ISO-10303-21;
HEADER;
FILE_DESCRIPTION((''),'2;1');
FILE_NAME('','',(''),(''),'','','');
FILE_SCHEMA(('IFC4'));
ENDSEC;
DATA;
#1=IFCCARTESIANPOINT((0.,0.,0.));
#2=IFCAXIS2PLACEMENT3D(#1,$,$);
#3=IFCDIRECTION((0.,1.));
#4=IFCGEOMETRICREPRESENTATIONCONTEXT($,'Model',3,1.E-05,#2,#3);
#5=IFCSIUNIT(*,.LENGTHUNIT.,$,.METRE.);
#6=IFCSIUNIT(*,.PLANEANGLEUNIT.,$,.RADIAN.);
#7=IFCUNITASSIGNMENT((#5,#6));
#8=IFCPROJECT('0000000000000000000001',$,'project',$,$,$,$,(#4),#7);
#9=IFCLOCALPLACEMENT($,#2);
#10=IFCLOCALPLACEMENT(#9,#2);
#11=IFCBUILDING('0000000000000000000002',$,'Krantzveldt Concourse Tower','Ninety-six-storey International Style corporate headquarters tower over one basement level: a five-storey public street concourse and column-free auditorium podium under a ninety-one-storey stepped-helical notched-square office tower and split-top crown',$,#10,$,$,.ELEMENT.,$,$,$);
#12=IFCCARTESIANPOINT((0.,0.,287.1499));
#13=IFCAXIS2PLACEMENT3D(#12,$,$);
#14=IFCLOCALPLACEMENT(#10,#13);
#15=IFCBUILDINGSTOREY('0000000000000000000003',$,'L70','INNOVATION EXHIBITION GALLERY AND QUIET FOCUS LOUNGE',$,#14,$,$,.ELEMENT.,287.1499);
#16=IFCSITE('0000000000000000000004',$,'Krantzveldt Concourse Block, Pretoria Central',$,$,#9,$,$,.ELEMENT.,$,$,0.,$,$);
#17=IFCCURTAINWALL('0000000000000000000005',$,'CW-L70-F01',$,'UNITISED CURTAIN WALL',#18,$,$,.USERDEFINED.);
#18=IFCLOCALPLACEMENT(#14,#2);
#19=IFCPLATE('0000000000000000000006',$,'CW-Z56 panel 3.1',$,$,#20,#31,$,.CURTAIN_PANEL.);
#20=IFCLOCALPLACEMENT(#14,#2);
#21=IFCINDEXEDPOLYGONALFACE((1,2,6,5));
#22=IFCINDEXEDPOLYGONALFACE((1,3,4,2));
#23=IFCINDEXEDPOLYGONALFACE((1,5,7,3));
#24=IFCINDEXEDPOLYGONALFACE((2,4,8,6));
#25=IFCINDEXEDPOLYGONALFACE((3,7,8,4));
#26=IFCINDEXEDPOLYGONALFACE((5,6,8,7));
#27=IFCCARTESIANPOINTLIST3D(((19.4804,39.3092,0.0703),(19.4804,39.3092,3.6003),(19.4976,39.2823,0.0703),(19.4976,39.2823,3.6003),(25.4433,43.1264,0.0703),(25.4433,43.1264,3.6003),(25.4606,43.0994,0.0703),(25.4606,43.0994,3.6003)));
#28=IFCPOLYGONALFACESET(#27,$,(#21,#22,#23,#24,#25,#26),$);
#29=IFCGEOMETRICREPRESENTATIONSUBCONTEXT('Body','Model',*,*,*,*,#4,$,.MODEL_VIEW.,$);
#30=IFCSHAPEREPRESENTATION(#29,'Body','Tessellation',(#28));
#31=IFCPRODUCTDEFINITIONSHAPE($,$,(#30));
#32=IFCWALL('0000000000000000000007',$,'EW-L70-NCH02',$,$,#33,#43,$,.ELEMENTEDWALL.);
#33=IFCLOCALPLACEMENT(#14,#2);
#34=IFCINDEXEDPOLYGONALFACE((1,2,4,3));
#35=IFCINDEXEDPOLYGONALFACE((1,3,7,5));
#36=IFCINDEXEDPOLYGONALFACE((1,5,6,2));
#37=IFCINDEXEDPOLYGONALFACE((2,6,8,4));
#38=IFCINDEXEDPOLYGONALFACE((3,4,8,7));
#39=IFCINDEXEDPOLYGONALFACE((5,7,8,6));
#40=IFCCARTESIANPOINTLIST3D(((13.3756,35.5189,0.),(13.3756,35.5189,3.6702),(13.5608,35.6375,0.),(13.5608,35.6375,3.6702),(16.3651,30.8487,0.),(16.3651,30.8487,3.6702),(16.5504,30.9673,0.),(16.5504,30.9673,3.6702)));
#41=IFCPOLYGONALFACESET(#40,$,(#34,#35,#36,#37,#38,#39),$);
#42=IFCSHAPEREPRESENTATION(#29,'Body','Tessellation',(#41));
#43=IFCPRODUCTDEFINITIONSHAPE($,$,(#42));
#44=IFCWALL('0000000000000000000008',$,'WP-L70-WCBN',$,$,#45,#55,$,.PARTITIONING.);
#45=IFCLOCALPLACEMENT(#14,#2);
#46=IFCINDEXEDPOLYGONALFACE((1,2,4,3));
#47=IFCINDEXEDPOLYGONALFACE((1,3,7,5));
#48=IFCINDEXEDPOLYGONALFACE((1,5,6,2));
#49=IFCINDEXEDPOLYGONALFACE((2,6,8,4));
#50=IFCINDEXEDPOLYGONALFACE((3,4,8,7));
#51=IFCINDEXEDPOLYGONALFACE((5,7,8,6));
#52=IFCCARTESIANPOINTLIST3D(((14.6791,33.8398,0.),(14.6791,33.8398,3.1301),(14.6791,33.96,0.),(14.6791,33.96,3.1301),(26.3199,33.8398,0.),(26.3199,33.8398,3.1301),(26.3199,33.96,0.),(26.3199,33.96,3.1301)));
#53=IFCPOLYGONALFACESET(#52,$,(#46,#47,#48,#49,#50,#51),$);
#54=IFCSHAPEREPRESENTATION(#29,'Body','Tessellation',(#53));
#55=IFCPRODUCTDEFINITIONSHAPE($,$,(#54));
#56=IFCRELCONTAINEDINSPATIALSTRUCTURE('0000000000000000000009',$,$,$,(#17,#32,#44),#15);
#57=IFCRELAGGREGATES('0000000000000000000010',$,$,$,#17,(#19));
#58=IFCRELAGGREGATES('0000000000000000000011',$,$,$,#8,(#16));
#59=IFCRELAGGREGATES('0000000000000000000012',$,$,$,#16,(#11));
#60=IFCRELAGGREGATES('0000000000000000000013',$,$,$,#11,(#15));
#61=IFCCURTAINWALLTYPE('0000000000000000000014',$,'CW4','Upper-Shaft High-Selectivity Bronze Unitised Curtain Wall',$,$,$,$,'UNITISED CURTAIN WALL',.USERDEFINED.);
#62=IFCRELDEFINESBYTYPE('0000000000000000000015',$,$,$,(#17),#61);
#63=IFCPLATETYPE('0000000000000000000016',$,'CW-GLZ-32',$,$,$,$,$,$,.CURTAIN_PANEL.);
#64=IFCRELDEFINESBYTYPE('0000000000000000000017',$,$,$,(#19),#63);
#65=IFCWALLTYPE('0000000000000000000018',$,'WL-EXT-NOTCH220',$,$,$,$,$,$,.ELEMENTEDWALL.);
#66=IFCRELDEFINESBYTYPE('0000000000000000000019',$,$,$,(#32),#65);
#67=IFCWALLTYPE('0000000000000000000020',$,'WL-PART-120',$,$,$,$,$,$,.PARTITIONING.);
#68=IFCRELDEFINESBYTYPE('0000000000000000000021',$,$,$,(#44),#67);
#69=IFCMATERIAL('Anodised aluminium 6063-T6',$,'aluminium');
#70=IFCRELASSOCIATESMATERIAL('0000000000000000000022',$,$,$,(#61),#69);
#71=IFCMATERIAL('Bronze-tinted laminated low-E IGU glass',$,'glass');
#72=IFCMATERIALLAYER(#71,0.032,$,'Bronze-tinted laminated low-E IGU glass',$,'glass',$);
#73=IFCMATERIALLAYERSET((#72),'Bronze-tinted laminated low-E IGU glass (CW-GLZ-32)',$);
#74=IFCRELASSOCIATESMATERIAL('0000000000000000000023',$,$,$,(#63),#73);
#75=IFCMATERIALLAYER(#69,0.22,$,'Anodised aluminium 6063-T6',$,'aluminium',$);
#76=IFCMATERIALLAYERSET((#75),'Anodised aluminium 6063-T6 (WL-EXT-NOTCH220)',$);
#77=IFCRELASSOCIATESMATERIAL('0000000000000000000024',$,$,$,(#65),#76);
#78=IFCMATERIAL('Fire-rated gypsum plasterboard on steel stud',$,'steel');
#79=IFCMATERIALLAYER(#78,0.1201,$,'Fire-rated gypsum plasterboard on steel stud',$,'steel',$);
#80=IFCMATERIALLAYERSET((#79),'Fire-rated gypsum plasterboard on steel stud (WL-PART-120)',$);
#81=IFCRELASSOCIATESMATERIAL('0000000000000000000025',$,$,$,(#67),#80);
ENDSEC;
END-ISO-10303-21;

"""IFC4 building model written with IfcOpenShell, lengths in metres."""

from ifc_helpers import new_model, si_unit, direction, frame, frame_2d, origin, origin_2d, place, context, subcontext, project, spatial, rectangle, extrude, source, transform, mapped, material, layer, layer_set, type_object, element, aggregate, save


model = new_model("IFC4")

# Units and contexts
model_context = context("Model", 3, precision=1e-05, world=origin(), true_north=direction((0.0, 1.0)))
body_context = subcontext(model_context, "Body", "Model", "MODEL_VIEW")
ifc_project = project(units=[si_unit("LENGTHUNIT", "METRE"), si_unit("PLANEANGLEUNIT", "RADIAN")], contexts=[model_context])

# Site, building, storey
site_placement = place(None, origin())
site = spatial("IfcSite", under=ifc_project, at=site_placement, Name="Krantzveldt Concourse Block, Pretoria Central", CompositionType="ELEMENT", RefElevation=0.0)
building_placement = place(site_placement, origin())
building = spatial("IfcBuilding", under=site, at=building_placement, Name="Krantzveldt Concourse Tower", Description="Ninety-six-storey International Style corporate headquarters tower over one basement level: a five-storey public street concourse and column-free auditorium podium under a ninety-one-storey stepped-helical notched-square office tower and split-top crown", CompositionType="ELEMENT")
storey_placement = place(building_placement, frame((0.0, 0.0, 287.1499)))
storey = spatial("IfcBuildingStorey", under=building, at=storey_placement, Name="L70", Description="INNOVATION EXHIBITION GALLERY AND QUIET FOCUS LOUNGE", CompositionType="ELEMENT", Elevation=287.1499)

# Curtain wall, plate
ifc_material_1 = material(Name="Anodised aluminium 6063-T6", Category="aluminium")
curtain_wall_type = type_object("IfcCurtainWallType", Name="CW4", Description="Upper-Shaft High-Selectivity Bronze Unitised Curtain Wall", ElementType="UNITISED CURTAIN WALL", PredefinedType="USERDEFINED", material=ifc_material_1)
curtain_wall_placement = place(storey_placement, origin())
curtain_wall = element("IfcCurtainWall", 1, at=curtain_wall_placement, inside=storey, type_object=curtain_wall_type, Name="CW-L70-F01", ObjectType="UNITISED CURTAIN WALL", PredefinedType="USERDEFINED")
ifc_material_2 = material(Name="Bronze-tinted laminated low-E IGU glass", Category="glass")
ifc_layer_1 = layer(ifc_material_2, 0.032, Name="Bronze-tinted laminated low-E IGU glass", Category="glass")
ifc_layer_set_1 = layer_set([ifc_layer_1], Name="Bronze-tinted laminated low-E IGU glass (CW-GLZ-32)")
plate_type = type_object("IfcPlateType", Name="CW-GLZ-32", PredefinedType="CURTAIN_PANEL", material=ifc_layer_set_1)
shared_shape_1 = source(origin(), body_context, "Body", "SweptSolid", [
    extrude(rectangle(XDim=7.0801, YDim=0.032, at=origin_2d()), origin(), (0.0, 0.0, 1.0), 3.53),
])
plate_1_placement = place(storey_placement, frame((22.4705, 41.2043, 0.0703), z_axis=(0.0, 0.0, 1.0), x_axis=(-0.842217, -0.539138, 0.0)))
plate_1 = element("IfcPlate", 2, at=plate_1_placement, type_object=plate_type, Name="CW-Z56 panel 3.1", PredefinedType="CURTAIN_PANEL", context=body_context, shape_type="MappedRepresentation", body=[
    mapped(shared_shape_1, transform((0.0, 0.0, 0.0), x_axis=(1.0, 0.0, 0.0), y_axis=(0.0, 1.0, 0.0), z_axis=(0.0, 0.0, 1.0), scale=1.0)),
])
aggregate(curtain_wall, [plate_1])

# Walls
ifc_layer_2 = layer(ifc_material_1, 0.22, Name="Anodised aluminium 6063-T6", Category="aluminium")
ifc_layer_set_2 = layer_set([ifc_layer_2], Name="Anodised aluminium 6063-T6 (WL-EXT-NOTCH220)")
wall_type_1 = type_object("IfcWallType", Name="WL-EXT-NOTCH220", PredefinedType="ELEMENTEDWALL", material=ifc_layer_set_2)
wall_1_placement = place(storey_placement, frame((13.4683, 35.5781, 0.0), z_axis=(0.0, 0.0, 1.0), x_axis=(0.53913, -0.842223, 0.0)))
element("IfcWall", 3, at=wall_1_placement, inside=storey, type_object=wall_type_1, Name="EW-L70-NCH02", PredefinedType="ELEMENTEDWALL", context=body_context, shape_type="SweptSolid", body=[
    extrude(rectangle(XDim=5.5452, YDim=0.22, at=frame_2d((2.7725, 0.0))), origin(), (0.0, 0.0, 1.0), 3.6702),
])
ifc_material_3 = material(Name="Fire-rated gypsum plasterboard on steel stud", Category="steel")
ifc_layer_3 = layer(ifc_material_3, 0.1201, Name="Fire-rated gypsum plasterboard on steel stud", Category="steel")
ifc_layer_set_3 = layer_set([ifc_layer_3], Name="Fire-rated gypsum plasterboard on steel stud (WL-PART-120)")
wall_type_2 = type_object("IfcWallType", Name="WL-PART-120", PredefinedType="PARTITIONING", material=ifc_layer_set_3)
wall_2_placement = place(storey_placement, frame((14.6792, 33.8999, 0.0), z_axis=(0.0, 0.0, 1.0), x_axis=(1.0, 0.0, 0.0)))
element("IfcWall", 4, at=wall_2_placement, inside=storey, type_object=wall_type_2, Name="WP-L70-WCBN", PredefinedType="PARTITIONING", context=body_context, shape_type="SweptSolid", body=[
    extrude(rectangle(XDim=11.6409, YDim=0.1201, at=frame_2d((5.8203, 0.0))), origin(), (0.0, 0.0, 1.0), 3.1301),
])

save(model, "model.ifc")
